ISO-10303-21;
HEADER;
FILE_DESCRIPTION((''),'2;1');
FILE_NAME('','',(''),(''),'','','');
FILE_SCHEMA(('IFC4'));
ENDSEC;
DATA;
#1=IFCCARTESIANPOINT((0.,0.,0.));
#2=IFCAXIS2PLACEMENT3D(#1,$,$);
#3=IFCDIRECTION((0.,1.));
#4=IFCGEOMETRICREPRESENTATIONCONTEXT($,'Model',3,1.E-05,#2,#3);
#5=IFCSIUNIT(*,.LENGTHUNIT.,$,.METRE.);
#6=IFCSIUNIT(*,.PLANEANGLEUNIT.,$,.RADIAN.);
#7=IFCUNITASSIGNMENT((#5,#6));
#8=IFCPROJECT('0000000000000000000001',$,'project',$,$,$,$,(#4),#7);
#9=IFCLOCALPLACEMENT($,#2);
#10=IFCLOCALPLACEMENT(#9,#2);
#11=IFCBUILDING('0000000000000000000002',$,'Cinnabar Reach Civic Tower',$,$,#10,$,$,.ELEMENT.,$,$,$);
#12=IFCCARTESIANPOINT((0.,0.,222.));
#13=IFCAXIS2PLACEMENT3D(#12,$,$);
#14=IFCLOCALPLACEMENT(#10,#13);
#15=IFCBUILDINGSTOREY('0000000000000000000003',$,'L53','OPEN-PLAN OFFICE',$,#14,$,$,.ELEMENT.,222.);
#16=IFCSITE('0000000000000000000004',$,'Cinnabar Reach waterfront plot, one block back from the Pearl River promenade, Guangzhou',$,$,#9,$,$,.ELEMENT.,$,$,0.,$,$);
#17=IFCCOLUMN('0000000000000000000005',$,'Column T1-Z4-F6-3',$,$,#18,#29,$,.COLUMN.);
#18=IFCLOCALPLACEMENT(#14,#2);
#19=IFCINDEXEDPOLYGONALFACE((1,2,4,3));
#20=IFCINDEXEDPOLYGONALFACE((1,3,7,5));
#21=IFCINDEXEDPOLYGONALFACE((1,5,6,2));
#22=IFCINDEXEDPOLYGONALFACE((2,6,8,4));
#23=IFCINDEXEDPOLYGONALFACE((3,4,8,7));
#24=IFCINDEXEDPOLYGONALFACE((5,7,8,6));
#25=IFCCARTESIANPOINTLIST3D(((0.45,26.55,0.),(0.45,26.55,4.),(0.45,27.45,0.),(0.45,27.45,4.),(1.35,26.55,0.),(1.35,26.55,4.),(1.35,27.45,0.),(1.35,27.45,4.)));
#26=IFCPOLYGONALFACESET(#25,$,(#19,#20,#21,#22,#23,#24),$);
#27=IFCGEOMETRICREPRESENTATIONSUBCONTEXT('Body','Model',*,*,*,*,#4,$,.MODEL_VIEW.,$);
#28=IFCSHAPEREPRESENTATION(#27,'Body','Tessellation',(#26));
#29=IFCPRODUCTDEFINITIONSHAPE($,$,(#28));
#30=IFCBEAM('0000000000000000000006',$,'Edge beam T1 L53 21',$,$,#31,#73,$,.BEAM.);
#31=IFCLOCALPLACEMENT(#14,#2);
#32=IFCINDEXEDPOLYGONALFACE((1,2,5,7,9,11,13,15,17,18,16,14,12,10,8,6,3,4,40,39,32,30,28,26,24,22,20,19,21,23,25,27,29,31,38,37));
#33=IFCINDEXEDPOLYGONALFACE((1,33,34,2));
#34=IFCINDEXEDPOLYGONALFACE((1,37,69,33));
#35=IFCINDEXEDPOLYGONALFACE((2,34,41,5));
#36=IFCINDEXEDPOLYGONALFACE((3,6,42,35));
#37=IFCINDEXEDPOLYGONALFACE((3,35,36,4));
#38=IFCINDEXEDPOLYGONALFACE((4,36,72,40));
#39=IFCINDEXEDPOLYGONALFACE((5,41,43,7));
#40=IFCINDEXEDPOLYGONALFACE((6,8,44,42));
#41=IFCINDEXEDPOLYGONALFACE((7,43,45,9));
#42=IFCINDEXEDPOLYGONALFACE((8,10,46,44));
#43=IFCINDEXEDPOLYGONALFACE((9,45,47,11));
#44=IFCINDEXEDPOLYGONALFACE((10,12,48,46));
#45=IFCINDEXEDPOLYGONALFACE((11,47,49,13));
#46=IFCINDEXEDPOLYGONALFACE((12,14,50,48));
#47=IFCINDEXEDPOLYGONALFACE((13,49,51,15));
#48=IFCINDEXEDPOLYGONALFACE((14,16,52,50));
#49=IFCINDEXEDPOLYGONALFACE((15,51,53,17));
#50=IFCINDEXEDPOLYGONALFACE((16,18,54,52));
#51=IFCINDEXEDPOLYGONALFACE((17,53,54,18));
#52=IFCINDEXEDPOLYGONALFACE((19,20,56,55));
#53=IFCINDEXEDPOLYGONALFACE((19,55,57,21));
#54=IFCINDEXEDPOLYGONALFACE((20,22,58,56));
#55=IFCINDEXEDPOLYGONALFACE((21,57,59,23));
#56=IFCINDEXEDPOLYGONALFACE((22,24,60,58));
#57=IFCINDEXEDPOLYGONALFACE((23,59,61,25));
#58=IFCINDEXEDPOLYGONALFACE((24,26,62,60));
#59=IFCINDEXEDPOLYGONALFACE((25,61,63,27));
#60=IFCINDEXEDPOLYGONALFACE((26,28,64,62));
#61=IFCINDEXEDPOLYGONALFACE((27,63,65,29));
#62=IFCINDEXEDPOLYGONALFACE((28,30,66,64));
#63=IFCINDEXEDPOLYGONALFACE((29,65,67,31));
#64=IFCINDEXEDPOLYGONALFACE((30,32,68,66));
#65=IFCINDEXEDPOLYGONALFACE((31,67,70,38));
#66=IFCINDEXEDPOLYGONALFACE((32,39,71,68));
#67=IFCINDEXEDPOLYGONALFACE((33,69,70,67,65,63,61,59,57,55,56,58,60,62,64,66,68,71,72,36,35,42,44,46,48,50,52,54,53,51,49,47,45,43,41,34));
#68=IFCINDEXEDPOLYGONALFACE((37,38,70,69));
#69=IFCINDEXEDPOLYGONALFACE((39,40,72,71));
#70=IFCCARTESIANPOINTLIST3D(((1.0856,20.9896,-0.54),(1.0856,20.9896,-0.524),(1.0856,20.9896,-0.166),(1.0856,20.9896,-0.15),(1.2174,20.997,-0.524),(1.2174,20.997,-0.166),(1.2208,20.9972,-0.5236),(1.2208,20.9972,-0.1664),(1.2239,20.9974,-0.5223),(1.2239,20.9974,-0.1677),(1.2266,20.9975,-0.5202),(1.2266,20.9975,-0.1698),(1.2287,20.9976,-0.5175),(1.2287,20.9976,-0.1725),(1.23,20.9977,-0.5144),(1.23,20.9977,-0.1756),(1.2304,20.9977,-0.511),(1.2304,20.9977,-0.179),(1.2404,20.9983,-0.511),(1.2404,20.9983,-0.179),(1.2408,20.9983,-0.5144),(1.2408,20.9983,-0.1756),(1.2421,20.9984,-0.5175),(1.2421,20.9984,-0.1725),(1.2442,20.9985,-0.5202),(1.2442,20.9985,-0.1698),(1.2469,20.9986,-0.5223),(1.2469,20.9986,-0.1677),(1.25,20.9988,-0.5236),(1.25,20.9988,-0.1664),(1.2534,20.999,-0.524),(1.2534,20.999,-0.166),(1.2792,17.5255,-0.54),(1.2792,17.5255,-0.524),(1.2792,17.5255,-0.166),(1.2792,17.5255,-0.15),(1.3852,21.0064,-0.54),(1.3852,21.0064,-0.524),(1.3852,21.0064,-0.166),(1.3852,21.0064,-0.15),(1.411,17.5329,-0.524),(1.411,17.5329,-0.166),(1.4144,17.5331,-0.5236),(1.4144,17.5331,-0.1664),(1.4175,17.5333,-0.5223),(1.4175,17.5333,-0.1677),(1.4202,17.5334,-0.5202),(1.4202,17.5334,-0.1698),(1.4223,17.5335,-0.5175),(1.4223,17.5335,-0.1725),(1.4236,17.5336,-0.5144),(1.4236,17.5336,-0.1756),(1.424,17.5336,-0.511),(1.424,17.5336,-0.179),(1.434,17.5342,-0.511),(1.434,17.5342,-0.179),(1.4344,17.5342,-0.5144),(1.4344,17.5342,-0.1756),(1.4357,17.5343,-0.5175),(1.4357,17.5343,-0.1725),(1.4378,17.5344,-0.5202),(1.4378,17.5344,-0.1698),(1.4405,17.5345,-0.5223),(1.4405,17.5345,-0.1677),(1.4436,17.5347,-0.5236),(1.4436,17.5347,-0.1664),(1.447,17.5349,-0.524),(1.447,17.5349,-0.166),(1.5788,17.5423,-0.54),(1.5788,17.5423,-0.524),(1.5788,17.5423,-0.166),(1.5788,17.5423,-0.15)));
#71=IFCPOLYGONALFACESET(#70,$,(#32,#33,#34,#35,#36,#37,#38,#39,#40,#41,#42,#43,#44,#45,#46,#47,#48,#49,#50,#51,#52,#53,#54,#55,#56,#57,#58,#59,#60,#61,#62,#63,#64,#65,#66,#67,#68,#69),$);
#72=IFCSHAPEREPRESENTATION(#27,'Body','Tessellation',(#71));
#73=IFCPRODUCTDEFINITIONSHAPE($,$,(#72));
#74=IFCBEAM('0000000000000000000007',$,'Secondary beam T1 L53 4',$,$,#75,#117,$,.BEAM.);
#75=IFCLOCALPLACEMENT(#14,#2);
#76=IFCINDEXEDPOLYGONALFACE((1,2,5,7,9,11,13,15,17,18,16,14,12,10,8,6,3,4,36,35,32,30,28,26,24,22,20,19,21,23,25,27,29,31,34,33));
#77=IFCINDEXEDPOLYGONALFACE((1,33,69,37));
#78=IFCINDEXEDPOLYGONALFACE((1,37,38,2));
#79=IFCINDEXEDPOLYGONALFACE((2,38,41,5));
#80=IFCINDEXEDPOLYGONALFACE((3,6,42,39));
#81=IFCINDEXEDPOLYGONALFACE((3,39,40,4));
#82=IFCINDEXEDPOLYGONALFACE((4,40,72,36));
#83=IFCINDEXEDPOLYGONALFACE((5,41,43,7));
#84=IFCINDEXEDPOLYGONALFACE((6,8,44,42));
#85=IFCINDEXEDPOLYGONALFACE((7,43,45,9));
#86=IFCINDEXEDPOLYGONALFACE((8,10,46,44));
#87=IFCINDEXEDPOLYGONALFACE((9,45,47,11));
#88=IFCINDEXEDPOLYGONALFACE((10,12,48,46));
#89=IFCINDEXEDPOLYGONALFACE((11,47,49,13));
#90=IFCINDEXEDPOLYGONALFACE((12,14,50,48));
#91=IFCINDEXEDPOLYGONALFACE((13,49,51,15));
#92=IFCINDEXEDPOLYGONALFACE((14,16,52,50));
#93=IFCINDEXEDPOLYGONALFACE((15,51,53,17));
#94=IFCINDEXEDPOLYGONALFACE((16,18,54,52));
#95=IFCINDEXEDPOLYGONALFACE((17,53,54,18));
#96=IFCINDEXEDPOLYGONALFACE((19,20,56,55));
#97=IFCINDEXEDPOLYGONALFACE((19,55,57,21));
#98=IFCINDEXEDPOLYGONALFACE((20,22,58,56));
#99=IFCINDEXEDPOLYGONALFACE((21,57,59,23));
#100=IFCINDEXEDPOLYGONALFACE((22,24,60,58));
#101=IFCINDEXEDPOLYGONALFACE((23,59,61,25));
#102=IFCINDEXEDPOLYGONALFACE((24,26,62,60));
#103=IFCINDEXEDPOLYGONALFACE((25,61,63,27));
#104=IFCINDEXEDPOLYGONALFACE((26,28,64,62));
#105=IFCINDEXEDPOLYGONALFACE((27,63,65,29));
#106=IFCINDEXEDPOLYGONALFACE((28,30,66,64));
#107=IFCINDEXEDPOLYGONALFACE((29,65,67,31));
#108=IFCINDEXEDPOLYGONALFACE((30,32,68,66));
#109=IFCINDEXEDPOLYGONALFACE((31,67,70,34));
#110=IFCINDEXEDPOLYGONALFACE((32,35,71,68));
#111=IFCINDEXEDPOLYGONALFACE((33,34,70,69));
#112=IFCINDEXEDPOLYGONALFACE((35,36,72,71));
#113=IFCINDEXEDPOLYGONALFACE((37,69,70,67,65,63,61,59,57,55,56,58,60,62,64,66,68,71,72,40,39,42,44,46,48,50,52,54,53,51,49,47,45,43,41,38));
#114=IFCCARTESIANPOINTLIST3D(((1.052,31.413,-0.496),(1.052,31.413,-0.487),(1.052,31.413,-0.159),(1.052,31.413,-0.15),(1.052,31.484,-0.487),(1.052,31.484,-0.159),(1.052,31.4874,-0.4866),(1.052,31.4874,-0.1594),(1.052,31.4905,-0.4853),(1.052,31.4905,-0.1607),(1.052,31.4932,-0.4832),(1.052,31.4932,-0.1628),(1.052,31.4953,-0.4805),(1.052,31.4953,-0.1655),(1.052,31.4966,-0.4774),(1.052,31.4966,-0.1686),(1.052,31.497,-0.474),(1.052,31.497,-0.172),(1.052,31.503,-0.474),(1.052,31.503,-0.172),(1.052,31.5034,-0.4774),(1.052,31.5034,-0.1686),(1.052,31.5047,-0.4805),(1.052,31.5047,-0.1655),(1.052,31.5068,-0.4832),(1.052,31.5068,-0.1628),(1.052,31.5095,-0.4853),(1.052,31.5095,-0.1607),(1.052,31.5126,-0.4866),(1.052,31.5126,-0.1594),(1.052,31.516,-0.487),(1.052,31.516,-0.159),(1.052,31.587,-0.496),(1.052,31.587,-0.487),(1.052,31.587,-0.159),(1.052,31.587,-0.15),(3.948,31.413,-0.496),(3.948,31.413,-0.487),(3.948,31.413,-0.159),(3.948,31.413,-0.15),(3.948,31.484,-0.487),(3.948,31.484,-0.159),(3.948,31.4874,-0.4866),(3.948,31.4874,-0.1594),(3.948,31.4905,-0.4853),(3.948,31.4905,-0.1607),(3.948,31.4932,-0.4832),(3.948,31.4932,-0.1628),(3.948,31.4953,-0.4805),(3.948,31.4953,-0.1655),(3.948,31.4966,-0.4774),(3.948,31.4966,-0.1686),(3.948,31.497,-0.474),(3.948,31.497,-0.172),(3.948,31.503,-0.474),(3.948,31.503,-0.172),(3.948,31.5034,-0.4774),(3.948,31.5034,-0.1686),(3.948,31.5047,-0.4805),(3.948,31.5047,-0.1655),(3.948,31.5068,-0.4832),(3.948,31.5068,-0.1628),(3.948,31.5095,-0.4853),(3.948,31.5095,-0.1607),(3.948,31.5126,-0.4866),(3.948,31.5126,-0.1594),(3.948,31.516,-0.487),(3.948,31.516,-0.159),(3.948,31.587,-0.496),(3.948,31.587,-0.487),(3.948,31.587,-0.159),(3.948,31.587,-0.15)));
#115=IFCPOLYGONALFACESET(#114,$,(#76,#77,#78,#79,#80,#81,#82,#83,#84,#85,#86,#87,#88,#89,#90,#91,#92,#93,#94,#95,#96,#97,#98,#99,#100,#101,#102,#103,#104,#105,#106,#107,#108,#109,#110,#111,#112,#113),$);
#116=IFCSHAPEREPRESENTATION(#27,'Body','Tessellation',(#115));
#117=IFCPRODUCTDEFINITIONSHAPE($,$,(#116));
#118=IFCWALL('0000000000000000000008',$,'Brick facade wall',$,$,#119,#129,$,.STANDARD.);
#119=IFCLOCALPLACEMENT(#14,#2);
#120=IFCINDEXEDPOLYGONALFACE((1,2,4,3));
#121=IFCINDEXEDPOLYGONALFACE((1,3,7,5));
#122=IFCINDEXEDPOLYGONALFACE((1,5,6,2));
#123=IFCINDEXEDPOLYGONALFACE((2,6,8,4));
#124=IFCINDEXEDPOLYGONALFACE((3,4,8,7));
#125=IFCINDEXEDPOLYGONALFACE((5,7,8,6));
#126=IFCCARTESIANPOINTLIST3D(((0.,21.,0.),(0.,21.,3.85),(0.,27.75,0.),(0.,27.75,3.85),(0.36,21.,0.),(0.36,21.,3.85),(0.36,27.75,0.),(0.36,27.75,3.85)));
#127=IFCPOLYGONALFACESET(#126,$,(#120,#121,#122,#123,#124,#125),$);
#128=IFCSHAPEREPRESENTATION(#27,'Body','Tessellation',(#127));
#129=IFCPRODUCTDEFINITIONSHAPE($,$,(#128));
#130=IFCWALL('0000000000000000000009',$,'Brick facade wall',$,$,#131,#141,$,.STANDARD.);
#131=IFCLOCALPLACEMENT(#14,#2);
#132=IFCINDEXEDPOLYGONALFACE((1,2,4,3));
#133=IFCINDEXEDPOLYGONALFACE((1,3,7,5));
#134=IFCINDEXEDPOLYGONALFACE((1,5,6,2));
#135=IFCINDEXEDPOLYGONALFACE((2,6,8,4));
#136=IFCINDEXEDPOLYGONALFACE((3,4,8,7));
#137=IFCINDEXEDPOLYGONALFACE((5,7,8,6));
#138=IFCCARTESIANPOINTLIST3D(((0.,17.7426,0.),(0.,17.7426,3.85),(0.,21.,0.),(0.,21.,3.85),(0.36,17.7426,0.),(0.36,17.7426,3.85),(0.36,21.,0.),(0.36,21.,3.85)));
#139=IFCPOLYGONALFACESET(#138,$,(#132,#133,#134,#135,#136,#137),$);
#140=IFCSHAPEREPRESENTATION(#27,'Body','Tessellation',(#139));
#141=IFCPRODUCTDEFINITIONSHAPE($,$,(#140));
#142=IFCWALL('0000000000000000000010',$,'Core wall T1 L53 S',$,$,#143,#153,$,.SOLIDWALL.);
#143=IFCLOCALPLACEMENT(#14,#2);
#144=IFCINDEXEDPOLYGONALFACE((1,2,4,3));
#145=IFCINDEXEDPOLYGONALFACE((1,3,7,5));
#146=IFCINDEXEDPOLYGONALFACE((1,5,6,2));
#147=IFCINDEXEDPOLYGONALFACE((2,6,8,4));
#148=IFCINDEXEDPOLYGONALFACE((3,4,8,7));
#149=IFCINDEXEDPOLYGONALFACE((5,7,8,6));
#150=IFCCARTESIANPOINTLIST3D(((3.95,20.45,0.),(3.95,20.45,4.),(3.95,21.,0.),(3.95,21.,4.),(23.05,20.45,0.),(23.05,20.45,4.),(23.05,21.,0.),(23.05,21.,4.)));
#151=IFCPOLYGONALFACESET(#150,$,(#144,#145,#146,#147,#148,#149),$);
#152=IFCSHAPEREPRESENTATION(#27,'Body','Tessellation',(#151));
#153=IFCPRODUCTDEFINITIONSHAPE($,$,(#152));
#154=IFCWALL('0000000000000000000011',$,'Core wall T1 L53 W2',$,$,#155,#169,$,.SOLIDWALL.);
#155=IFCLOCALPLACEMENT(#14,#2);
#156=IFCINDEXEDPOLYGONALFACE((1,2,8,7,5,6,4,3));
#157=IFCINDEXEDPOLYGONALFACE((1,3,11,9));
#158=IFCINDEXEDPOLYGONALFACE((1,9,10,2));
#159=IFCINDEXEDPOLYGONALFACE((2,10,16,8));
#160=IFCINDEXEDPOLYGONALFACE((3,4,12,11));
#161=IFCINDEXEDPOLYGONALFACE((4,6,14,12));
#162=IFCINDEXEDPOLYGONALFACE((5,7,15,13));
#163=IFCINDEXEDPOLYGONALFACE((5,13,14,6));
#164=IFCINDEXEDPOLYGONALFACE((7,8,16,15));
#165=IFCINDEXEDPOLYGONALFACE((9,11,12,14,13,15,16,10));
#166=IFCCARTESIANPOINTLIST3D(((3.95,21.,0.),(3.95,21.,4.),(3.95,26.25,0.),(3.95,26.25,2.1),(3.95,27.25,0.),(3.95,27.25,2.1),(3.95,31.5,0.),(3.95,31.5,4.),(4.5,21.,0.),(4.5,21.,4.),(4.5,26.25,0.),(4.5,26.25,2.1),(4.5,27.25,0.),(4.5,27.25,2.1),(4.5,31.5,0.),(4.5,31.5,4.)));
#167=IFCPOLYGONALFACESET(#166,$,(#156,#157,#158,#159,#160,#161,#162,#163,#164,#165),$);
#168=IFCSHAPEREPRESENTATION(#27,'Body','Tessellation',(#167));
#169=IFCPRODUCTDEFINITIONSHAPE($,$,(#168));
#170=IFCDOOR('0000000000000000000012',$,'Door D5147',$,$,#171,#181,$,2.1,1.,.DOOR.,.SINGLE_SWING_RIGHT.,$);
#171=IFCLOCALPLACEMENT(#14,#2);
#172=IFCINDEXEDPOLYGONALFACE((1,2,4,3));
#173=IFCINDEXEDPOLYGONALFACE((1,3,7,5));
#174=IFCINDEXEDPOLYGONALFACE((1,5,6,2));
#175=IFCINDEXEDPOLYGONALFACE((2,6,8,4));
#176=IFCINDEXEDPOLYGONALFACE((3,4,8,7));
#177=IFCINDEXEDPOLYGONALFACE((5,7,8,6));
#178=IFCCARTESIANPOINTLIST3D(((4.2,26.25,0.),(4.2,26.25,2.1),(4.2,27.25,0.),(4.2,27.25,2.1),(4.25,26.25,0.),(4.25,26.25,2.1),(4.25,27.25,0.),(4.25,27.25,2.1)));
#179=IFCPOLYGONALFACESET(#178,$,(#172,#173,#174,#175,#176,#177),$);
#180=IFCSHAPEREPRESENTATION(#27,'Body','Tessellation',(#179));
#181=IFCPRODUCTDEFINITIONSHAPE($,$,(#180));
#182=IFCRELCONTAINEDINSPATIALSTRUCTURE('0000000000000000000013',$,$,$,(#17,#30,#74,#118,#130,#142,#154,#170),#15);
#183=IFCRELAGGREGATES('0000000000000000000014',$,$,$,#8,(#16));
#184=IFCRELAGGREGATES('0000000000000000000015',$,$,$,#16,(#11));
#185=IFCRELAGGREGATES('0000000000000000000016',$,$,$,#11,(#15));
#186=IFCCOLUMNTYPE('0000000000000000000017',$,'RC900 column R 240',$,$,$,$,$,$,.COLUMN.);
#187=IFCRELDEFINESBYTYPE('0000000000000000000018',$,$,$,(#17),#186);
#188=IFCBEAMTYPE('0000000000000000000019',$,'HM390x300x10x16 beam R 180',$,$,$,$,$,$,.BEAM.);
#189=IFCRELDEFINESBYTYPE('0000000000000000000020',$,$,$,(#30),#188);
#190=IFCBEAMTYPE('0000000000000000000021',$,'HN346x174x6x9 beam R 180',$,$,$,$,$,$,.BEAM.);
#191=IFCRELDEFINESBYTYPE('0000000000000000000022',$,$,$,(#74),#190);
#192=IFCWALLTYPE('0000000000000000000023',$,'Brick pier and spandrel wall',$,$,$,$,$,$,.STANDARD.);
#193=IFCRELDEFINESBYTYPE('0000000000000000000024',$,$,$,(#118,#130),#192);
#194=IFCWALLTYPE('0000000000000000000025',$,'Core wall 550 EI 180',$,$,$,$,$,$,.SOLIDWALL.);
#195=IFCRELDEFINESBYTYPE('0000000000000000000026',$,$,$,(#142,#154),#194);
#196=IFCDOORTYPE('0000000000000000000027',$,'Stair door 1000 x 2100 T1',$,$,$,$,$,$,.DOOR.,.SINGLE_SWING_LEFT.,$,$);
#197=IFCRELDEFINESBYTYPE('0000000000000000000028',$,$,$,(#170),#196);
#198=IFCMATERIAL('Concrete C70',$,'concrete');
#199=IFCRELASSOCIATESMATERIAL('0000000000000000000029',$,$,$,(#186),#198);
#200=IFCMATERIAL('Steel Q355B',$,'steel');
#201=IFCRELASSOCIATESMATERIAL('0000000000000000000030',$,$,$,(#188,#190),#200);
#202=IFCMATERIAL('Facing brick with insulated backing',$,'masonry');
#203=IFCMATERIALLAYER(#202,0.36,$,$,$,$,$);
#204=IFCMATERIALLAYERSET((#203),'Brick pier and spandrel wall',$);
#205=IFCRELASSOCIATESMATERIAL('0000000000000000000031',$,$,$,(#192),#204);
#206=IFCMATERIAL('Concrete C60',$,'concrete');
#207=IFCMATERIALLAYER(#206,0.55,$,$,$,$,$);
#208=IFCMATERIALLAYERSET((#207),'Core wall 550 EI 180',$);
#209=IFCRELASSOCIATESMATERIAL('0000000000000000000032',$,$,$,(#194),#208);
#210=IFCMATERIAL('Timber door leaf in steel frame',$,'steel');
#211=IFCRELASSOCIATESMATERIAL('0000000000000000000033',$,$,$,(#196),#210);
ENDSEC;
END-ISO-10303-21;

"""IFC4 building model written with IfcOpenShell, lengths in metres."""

from ifc_helpers import new_model, si_unit, direction, frame, frame_2d, origin, origin_2d, place, context, subcontext, project, spatial, rectangle, i_section, extrude, material, layer, layer_set, material_profile, profile_set, type_object, element, fill, save


model = new_model("IFC4")

# Units and contexts
model_context = context("Model", 3, precision=1e-05, world=origin(), true_north=direction((0.0, 1.0)))
body_context = subcontext(model_context, "Body", "Model", "MODEL_VIEW")
ifc_project = project(units=[si_unit("LENGTHUNIT", "METRE"), si_unit("PLANEANGLEUNIT", "RADIAN")], contexts=[model_context])

# Site, building, storey
site_placement = place(None, origin())
site = spatial("IfcSite", under=ifc_project, at=site_placement, Name="Cinnabar Reach waterfront plot, one block back from the Pearl River promenade, Guangzhou", CompositionType="ELEMENT", RefElevation=0.0)
building_placement = place(site_placement, origin())
building = spatial("IfcBuilding", under=site, at=building_placement, Name="Cinnabar Reach Civic Tower", CompositionType="ELEMENT")
storey_placement = place(building_placement, frame((0.0, 0.0, 222.0)))
storey = spatial("IfcBuildingStorey", under=building, at=storey_placement, Name="L53", Description="OPEN-PLAN OFFICE", CompositionType="ELEMENT", Elevation=222.0)

# Column
ifc_material_1 = material(Name="Concrete C70", Category="concrete")
ifc_material_profile_1 = material_profile(ifc_material_1, rectangle(XDim=0.9, YDim=0.9, at=origin_2d()), Name="RC900")
ifc_profile_set_1 = profile_set([ifc_material_profile_1], Name="Concrete C70")
column_type = type_object("IfcColumnType", Name="RC900 column R 240", PredefinedType="COLUMN", material=ifc_profile_set_1)
column_placement = place(storey_placement, frame((0.9, 27.0, 0.0), z_axis=(0.0, 0.0, 1.0), x_axis=(1.0, 0.0, 0.0)))
element("IfcColumn", 1, at=column_placement, inside=storey, type_object=column_type, Name="Column T1-Z4-F6-3", PredefinedType="COLUMN", context=body_context, shape_type="SweptSolid", body=[
    extrude(rectangle(XDim=0.9, YDim=0.9, at=origin_2d()), origin(), (0.0, 0.0, 1.0), 4.0),
])

# Beams
ifc_material_2 = material(Name="Steel Q355B", Category="steel")
ifc_material_profile_2 = material_profile(ifc_material_2, i_section(OverallWidth=0.3, OverallDepth=0.39, WebThickness=0.01, FlangeThickness=0.016, FilletRadius=0.013, at=origin_2d()), Name="HM390x300x10x16")
ifc_profile_set_2 = profile_set([ifc_material_profile_2], Name="Steel Q355B")
beam_type_1 = type_object("IfcBeamType", Name="HM390x300x10x16 beam R 180", PredefinedType="BEAM", material=ifc_profile_set_2)
beam_1_placement = place(storey_placement, frame((1.2354, 20.998, -0.345), z_axis=(0.0558, -0.998442, 0.0), x_axis=(0.998442, 0.0558, 0.0)))
element("IfcBeam", 2, at=beam_1_placement, inside=storey, type_object=beam_type_1, Name="Edge beam T1 L53 21", PredefinedType="BEAM", context=body_context, shape_type="SweptSolid", body=[
    extrude(i_section(OverallWidth=0.3, OverallDepth=0.39, WebThickness=0.01, FlangeThickness=0.016, FilletRadius=0.013, at=origin_2d()), origin(), (0.0, 0.0, 1.0), 3.4695),
])
ifc_material_profile_3 = material_profile(ifc_material_2, i_section(OverallWidth=0.174, OverallDepth=0.346, WebThickness=0.006, FlangeThickness=0.009, FilletRadius=0.013, at=origin_2d()), Name="HN346x174x6x9")
ifc_profile_set_3 = profile_set([ifc_material_profile_3], Name="Steel Q355B")
beam_type_2 = type_object("IfcBeamType", Name="HN346x174x6x9 beam R 180", PredefinedType="BEAM", material=ifc_profile_set_3)
beam_2_placement = place(storey_placement, frame((1.052, 31.5, -0.323), z_axis=(1.0, 0.0, 0.0), x_axis=(0.0, 1.0, 0.0)))
element("IfcBeam", 3, at=beam_2_placement, inside=storey, type_object=beam_type_2, Name="Secondary beam T1 L53 4", PredefinedType="BEAM", context=body_context, shape_type="SweptSolid", body=[
    extrude(i_section(OverallWidth=0.174, OverallDepth=0.346, WebThickness=0.006, FlangeThickness=0.009, FilletRadius=0.013, at=origin_2d()), origin(), (0.0, 0.0, 1.0), 2.896),
])

# Walls
ifc_material_3 = material(Name="Facing brick with insulated backing", Category="masonry")
ifc_layer_1 = layer(ifc_material_3, 0.36)
ifc_layer_set_1 = layer_set([ifc_layer_1], Name="Brick pier and spandrel wall")
wall_type_1 = type_object("IfcWallType", Name="Brick pier and spandrel wall", PredefinedType="STANDARD", material=ifc_layer_set_1)
wall_1_placement = place(storey_placement, frame((0.18, 27.75, 0.0), z_axis=(0.0, 0.0, 1.0), x_axis=(0.0, -1.0, 0.0)))
element("IfcWall", 4, at=wall_1_placement, inside=storey, type_object=wall_type_1, Name="Brick facade wall", PredefinedType="STANDARD", context=body_context, shape_type="SweptSolid", body=[
    extrude(rectangle(XDim=6.75, YDim=0.36, at=frame_2d((3.375, 0.0))), origin(), (0.0, 0.0, 1.0), 3.85),
])
wall_2_placement = place(storey_placement, frame((0.18, 21.0, 0.0), z_axis=(0.0, 0.0, 1.0), x_axis=(0.0, -1.0, 0.0)))
element("IfcWall", 5, at=wall_2_placement, inside=storey, type_object=wall_type_1, Name="Brick facade wall", PredefinedType="STANDARD", context=body_context, shape_type="SweptSolid", body=[
    extrude(rectangle(XDim=3.2574, YDim=0.36, at=frame_2d((1.6287, 0.0))), origin(), (0.0, 0.0, 1.0), 3.85),
])
ifc_material_4 = material(Name="Concrete C60", Category="concrete")
ifc_layer_2 = layer(ifc_material_4, 0.55)
ifc_layer_set_2 = layer_set([ifc_layer_2], Name="Core wall 550 EI 180")
wall_type_2 = type_object("IfcWallType", Name="Core wall 550 EI 180", PredefinedType="SOLIDWALL", material=ifc_layer_set_2)
wall_3_placement = place(storey_placement, frame((3.95, 20.725, 0.0), z_axis=(0.0, 0.0, 1.0), x_axis=(1.0, 0.0, 0.0)))
element("IfcWall", 6, at=wall_3_placement, inside=storey, type_object=wall_type_2, Name="Core wall T1 L53 S", PredefinedType="SOLIDWALL", context=body_context, shape_type="SweptSolid", body=[
    extrude(rectangle(XDim=19.1, YDim=0.55, at=frame_2d((9.55, 0.0))), origin(), (0.0, 0.0, 1.0), 4.0),
])

# Wall, opening, door
wall_4_placement = place(storey_placement, frame((4.225, 31.5, 0.0), z_axis=(0.0, 0.0, 1.0), x_axis=(0.0, -1.0, 0.0)))
wall_4 = element("IfcWall", 7, at=wall_4_placement, inside=storey, type_object=wall_type_2, Name="Core wall T1 L53 W2", PredefinedType="SOLIDWALL", context=body_context, shape_type="SweptSolid", body=[
    extrude(rectangle(XDim=10.5, YDim=0.55, at=frame_2d((5.25, 0.0))), origin(), (0.0, 0.0, 1.0), 4.0),
])
opening_1_placement = place(wall_4_placement, frame((4.25, 0.0, 0.0)))
opening_1 = element("IfcOpeningElement", 8, at=opening_1_placement, cuts=wall_4, PredefinedType="OPENING", context=body_context, shape_type="SweptSolid", body=[
    extrude(rectangle(XDim=1.0, YDim=2.1, at=frame_2d((0.5, 1.05))), frame((0.0, 0.285, 0.0), z_axis=(0.0, -1.0, 0.0), x_axis=(1.0, 0.0, 0.0)), (0.0, 0.0, 1.0), 0.57),
])
ifc_material_5 = material(Name="Timber door leaf in steel frame", Category="steel")
door_type_1 = type_object("IfcDoorType", Name="Stair door 1000 x 2100 T1", OperationType="SINGLE_SWING_LEFT", PredefinedType="DOOR", material=ifc_material_5)
door_1_placement = place(opening_1_placement, frame((1.0, 0.0, 0.0), z_axis=(0.0, 0.0, 1.0), x_axis=(-1.0, 0.0, 0.0)))
door_1 = element("IfcDoor", 9, at=door_1_placement, inside=storey, type_object=door_type_1, Name="Door D5147", OperationType="SINGLE_SWING_RIGHT", OverallHeight=2.1, OverallWidth=1.0, PredefinedType="DOOR", context=body_context, shape_type="SweptSolid", body=[
    extrude(rectangle(XDim=1.0, YDim=2.1, at=frame_2d((0.5, 1.05))), frame((0.0, 0.025, 0.0), z_axis=(0.0, -1.0, 0.0), x_axis=(1.0, 0.0, 0.0)), (0.0, 0.0, 1.0), 0.05),
])
fill(opening_1, door_1)

save(model, "model.ifc")
